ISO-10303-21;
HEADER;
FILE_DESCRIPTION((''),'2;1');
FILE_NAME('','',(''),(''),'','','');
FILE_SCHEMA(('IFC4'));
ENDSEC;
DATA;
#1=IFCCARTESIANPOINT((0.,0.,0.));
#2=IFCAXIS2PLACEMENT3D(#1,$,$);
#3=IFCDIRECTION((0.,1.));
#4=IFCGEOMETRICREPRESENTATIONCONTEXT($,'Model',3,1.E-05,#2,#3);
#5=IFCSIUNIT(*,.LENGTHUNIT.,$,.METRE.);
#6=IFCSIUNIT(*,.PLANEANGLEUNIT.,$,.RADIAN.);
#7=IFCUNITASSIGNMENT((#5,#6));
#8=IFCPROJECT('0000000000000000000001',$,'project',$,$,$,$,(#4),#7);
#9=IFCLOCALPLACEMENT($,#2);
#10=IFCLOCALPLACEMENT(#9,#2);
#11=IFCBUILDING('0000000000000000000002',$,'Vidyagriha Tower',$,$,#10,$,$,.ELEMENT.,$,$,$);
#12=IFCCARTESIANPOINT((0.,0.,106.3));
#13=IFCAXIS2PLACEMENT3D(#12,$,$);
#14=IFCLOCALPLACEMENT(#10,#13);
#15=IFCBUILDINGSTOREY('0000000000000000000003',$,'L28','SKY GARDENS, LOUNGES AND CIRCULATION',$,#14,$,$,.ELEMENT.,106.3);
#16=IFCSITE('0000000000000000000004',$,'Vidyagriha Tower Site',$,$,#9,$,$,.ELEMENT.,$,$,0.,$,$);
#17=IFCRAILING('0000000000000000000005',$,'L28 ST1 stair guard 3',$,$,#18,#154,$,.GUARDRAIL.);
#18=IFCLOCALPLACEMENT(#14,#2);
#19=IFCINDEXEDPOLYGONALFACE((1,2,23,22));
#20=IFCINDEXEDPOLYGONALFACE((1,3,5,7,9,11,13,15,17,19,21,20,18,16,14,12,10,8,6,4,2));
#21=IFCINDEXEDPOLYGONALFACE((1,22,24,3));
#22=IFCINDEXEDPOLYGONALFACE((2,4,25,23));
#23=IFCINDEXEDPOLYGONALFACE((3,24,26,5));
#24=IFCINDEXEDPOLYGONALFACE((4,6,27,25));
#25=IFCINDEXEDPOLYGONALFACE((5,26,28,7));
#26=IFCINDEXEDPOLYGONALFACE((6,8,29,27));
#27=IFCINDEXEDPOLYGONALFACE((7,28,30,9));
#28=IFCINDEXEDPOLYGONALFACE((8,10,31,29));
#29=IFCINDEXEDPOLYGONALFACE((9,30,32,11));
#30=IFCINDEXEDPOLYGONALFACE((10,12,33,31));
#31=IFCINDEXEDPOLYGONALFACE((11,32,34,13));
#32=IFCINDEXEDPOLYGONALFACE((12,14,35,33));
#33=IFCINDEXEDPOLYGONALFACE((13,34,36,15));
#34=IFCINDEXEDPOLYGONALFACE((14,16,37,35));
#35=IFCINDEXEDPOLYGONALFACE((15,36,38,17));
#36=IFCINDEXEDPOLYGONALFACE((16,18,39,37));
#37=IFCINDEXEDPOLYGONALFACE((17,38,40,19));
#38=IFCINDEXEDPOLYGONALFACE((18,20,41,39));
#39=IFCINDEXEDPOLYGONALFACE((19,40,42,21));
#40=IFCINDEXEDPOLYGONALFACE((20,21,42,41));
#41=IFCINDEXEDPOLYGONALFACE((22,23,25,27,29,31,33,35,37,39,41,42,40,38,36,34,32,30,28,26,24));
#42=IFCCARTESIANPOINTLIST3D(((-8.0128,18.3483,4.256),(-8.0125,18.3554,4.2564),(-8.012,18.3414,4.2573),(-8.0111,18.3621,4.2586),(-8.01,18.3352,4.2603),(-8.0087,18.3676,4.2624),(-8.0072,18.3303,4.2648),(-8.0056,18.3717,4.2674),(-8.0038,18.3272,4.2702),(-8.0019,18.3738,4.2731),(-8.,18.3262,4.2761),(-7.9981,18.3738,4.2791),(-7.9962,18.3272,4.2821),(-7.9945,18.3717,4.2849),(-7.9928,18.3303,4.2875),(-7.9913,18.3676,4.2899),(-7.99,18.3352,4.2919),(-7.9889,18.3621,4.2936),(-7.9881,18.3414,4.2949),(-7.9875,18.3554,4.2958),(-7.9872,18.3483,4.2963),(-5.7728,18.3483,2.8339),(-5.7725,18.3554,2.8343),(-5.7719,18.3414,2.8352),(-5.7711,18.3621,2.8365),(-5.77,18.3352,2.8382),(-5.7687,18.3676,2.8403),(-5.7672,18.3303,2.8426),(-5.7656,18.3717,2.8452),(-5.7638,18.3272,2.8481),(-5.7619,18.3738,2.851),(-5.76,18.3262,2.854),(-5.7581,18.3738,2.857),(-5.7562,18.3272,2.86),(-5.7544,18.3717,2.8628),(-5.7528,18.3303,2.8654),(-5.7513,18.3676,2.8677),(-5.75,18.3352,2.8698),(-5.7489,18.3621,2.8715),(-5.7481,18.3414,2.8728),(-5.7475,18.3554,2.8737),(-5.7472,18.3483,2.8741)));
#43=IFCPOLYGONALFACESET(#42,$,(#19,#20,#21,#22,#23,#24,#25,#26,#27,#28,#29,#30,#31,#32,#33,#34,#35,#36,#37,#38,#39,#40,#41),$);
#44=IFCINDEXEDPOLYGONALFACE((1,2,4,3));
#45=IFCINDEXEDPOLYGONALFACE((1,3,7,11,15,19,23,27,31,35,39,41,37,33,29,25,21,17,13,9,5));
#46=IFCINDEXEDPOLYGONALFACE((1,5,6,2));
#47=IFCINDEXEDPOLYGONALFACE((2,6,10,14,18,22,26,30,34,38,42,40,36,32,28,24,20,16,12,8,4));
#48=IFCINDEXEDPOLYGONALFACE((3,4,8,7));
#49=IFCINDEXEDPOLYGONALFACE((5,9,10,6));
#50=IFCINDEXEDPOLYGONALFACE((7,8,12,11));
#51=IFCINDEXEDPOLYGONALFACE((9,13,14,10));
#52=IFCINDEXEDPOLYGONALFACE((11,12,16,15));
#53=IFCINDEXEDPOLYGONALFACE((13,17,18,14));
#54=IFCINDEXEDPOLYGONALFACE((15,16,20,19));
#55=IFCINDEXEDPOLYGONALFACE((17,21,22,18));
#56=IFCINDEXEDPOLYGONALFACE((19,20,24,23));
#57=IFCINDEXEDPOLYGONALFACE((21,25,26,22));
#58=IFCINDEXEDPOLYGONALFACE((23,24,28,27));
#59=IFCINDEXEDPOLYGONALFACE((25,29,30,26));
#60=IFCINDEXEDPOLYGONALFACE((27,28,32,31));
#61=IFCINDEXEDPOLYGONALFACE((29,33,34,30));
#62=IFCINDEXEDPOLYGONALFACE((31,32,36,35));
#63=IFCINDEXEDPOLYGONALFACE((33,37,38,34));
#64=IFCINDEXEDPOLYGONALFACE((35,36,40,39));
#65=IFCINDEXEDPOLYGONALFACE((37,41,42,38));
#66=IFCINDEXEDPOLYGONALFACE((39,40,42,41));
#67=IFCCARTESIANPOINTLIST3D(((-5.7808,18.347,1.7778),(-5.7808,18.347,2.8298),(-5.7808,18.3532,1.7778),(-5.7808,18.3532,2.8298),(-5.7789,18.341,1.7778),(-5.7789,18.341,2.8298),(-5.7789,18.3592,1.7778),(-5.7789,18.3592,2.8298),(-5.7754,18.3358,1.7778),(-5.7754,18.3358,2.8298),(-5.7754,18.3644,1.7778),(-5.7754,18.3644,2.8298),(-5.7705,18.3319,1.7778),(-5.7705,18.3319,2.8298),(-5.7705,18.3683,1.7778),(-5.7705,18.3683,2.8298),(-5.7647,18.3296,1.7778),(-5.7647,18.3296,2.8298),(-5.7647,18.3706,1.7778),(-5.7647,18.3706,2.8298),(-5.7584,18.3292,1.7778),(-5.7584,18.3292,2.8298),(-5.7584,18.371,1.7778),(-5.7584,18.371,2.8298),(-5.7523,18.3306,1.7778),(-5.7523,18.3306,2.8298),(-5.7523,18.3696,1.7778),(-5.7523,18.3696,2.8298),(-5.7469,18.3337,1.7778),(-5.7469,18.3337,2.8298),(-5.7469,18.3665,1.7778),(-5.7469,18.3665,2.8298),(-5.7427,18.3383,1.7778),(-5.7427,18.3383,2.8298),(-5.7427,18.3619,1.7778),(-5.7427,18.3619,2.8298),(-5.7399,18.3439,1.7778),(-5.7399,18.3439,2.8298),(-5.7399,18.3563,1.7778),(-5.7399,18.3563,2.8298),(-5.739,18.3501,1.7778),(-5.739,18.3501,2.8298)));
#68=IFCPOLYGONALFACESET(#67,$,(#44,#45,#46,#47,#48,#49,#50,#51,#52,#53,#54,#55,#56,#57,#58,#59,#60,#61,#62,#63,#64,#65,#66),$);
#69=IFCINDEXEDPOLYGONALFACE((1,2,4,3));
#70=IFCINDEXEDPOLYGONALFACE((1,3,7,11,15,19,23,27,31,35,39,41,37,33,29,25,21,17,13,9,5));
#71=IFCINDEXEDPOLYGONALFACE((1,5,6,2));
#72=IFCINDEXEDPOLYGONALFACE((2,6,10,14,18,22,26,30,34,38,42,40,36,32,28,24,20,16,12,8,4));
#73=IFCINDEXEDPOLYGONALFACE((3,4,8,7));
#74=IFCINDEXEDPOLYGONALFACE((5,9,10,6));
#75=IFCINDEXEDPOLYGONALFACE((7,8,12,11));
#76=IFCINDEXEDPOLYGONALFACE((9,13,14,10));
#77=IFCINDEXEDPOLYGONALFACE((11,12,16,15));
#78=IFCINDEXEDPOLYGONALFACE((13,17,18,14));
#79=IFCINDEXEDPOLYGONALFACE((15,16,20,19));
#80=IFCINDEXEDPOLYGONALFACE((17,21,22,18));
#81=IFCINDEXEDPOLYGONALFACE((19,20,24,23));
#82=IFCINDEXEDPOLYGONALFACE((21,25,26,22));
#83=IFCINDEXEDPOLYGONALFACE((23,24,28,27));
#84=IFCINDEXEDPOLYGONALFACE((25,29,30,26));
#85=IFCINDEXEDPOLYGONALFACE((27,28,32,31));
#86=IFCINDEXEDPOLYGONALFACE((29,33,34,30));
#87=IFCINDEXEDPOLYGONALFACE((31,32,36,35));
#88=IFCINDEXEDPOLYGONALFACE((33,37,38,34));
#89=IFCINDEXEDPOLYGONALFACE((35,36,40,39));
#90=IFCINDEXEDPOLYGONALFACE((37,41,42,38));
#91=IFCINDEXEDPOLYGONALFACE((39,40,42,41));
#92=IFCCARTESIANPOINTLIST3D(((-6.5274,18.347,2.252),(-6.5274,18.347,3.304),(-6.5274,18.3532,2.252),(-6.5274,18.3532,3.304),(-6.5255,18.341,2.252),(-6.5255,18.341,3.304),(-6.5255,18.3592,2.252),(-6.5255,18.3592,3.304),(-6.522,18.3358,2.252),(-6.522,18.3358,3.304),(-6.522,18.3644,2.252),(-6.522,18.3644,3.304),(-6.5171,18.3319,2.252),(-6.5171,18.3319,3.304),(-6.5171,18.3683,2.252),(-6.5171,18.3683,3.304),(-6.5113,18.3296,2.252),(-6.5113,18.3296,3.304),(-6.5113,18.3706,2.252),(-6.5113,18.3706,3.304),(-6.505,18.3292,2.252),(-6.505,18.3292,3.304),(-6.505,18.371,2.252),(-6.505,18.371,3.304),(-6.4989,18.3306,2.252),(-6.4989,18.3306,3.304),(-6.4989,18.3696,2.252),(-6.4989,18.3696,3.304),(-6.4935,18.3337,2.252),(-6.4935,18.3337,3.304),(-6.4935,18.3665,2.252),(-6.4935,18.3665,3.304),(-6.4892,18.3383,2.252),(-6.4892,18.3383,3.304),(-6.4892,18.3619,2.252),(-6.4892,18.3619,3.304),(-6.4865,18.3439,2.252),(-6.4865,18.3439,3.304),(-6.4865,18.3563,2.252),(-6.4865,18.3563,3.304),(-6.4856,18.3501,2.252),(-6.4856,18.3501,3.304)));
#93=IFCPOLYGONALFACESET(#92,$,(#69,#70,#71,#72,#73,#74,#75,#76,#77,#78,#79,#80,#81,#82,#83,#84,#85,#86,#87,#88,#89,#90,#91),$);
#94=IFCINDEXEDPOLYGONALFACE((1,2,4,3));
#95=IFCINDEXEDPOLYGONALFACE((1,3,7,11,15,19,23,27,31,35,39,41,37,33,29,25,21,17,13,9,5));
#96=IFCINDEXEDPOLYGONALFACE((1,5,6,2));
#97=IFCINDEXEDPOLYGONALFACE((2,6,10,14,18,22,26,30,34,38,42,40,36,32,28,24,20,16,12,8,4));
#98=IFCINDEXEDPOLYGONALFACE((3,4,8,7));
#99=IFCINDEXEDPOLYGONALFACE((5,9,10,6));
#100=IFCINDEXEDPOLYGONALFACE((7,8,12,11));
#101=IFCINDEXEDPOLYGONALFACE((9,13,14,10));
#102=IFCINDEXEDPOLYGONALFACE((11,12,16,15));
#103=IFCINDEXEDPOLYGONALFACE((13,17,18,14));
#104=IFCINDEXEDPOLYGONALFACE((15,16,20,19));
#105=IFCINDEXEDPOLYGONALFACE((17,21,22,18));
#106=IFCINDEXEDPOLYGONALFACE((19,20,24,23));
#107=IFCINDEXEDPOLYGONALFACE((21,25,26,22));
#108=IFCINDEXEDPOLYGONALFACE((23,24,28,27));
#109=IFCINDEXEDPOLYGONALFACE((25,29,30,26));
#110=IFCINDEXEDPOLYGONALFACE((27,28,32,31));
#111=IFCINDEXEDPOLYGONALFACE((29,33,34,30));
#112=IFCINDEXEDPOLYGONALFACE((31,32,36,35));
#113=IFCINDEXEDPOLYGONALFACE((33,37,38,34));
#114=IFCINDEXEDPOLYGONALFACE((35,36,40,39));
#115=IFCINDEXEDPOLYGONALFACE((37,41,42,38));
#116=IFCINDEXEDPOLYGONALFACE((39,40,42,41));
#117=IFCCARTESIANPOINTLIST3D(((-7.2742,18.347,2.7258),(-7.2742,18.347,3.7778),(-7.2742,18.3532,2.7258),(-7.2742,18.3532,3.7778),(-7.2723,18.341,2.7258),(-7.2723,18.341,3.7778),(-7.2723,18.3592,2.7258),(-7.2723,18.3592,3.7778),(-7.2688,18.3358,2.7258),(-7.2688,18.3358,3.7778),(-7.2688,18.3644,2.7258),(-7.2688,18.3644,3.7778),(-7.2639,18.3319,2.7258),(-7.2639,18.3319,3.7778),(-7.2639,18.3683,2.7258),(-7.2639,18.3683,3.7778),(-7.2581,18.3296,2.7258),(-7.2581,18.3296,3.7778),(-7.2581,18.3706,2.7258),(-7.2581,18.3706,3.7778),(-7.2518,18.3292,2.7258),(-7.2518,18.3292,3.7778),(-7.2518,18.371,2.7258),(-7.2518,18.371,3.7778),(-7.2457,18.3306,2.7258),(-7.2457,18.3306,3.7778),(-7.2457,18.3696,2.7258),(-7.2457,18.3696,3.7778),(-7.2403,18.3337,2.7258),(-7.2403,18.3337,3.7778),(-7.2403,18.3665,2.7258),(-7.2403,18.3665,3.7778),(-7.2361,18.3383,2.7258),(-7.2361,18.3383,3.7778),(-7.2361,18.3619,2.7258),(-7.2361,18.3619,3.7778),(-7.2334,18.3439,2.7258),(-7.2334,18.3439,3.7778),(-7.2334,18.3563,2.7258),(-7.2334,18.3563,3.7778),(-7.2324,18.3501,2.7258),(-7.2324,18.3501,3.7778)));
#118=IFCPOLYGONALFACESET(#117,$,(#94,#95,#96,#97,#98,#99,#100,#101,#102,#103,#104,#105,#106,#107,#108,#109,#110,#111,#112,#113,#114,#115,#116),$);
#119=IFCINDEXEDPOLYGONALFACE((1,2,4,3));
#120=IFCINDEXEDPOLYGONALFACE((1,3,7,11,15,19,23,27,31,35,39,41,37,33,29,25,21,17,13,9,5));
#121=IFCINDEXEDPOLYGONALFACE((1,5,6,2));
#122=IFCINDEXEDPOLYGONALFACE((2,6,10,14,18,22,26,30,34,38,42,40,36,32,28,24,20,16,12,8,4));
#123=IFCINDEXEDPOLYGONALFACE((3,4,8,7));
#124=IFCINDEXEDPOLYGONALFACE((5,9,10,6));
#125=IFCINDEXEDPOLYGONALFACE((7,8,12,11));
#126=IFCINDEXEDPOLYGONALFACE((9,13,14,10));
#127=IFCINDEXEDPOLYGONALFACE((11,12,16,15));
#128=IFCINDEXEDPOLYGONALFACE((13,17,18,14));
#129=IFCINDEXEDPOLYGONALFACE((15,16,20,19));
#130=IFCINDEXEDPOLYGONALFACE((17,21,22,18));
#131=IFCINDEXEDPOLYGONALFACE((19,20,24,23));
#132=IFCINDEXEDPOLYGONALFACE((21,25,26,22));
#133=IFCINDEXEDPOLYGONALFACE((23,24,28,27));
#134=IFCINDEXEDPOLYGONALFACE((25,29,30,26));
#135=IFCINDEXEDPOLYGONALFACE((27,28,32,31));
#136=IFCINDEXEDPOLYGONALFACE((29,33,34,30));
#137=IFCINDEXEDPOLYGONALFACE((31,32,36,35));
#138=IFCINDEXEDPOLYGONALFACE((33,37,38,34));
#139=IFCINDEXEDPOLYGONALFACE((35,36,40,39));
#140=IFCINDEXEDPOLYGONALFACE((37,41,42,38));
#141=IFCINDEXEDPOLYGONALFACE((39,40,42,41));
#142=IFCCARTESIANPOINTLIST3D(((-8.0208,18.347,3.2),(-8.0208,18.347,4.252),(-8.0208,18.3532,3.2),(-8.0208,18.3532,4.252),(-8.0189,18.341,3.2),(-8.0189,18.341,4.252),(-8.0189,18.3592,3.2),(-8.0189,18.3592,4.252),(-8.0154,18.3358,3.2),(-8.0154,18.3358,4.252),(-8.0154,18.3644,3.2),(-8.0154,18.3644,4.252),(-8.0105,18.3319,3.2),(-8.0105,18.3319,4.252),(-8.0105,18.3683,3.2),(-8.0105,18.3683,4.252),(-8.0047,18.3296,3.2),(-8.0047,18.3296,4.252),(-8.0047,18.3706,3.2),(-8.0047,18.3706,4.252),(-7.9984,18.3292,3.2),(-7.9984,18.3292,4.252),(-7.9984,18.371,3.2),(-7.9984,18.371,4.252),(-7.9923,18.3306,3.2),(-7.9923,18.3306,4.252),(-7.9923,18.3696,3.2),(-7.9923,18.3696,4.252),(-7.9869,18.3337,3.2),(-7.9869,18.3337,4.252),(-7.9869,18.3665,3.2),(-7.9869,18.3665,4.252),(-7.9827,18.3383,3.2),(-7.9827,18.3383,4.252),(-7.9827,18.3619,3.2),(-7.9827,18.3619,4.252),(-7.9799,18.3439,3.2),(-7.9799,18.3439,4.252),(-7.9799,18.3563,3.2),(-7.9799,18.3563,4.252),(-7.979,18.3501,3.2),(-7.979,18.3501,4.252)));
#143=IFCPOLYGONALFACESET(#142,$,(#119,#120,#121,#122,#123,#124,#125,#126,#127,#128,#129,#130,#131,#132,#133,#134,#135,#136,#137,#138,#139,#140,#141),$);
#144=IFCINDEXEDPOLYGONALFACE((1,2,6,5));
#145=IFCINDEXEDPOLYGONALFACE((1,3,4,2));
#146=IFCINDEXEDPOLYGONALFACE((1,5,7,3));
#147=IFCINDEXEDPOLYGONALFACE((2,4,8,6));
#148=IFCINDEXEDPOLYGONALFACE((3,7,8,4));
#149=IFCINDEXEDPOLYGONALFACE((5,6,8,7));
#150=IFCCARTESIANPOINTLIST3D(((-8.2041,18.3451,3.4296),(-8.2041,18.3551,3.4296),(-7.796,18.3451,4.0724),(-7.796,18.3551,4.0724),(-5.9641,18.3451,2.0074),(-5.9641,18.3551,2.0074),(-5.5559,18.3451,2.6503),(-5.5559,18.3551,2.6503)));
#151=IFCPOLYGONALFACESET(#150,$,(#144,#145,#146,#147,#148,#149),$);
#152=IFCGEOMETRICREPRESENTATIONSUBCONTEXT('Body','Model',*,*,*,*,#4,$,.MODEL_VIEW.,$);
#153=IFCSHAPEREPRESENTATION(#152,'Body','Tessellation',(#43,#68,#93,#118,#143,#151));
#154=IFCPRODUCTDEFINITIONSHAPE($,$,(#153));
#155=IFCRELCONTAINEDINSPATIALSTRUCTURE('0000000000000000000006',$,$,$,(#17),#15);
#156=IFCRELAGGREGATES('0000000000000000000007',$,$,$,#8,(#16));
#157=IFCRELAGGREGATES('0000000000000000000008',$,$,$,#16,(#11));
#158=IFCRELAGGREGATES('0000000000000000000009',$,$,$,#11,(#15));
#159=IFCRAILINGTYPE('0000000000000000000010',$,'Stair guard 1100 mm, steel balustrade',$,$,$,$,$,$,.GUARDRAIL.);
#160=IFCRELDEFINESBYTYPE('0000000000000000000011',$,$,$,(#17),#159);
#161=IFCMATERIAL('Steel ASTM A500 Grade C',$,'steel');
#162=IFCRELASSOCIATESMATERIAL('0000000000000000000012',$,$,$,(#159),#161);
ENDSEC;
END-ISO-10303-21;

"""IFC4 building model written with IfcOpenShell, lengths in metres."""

from ifc_helpers import new_model, si_unit, direction, frame, origin, origin_2d, place, context, subcontext, project, spatial, rectangle, circle, extrude, material, type_object, element, save


model = new_model("IFC4")

# Units and contexts
model_context = context("Model", 3, precision=1e-05, world=origin(), true_north=direction((0.0, 1.0)))
body_context = subcontext(model_context, "Body", "Model", "MODEL_VIEW")
ifc_project = project(units=[si_unit("LENGTHUNIT", "METRE"), si_unit("PLANEANGLEUNIT", "RADIAN")], contexts=[model_context])

# Site, building, storey
site_placement = place(None, origin())
site = spatial("IfcSite", under=ifc_project, at=site_placement, Name="Vidyagriha Tower Site", CompositionType="ELEMENT", RefElevation=0.0)
building_placement = place(site_placement, origin())
building = spatial("IfcBuilding", under=site, at=building_placement, Name="Vidyagriha Tower", CompositionType="ELEMENT")
storey_placement = place(building_placement, frame((0.0, 0.0, 106.3)))
storey = spatial("IfcBuildingStorey", under=building, at=storey_placement, Name="L28", Description="SKY GARDENS, LOUNGES AND CIRCULATION", CompositionType="ELEMENT", Elevation=106.3)

# Railing
ifc_material_1 = material(Name="Steel ASTM A500 Grade C", Category="steel")
railing_type_1 = type_object("IfcRailingType", Name="Stair guard 1100 mm, steel balustrade", PredefinedType="GUARDRAIL", material=ifc_material_1)
railing_1_placement = place(storey_placement, frame((-5.76, 18.3501, 1.7778)))
element("IfcRailing", 1, at=railing_1_placement, inside=storey, type_object=railing_type_1, Name="L28 ST1 stair guard 3", PredefinedType="GUARDRAIL", context=body_context, shape_type="SweptSolid", body=[
    extrude(circle(Radius=0.0239, at=origin_2d()), frame((0.0, 0.0, 1.0762), z_axis=(-0.844229, 0.0, 0.535982), x_axis=(0.0, -1.0, 0.0)), (0.0, 0.0, 1.0), 2.6533),
    extrude(circle(Radius=0.021, at=origin_2d()), origin(), (0.0, 0.0, 1.0), 1.052),
    extrude(circle(Radius=0.021, at=origin_2d()), frame((-0.7466, 0.0, 0.4741)), (0.0, 0.0, 1.0), 1.052),
    extrude(circle(Radius=0.021, at=origin_2d()), frame((-1.4934, 0.0, 0.948)), (0.0, 0.0, 1.0), 1.052),
    extrude(circle(Radius=0.021, at=origin_2d()), frame((-2.24, 0.0, 1.4221)), (0.0, 0.0, 1.0), 1.052),
    extrude(rectangle(XDim=0.01, YDim=0.7615, at=origin_2d()), frame((0.0, 0.0, 0.551), z_axis=(-0.844229, 0.0, 0.535982), x_axis=(0.0, -1.0, 0.0)), (0.0, 0.0, 1.0), 2.6533),
])

save(model, "model.ifc")
